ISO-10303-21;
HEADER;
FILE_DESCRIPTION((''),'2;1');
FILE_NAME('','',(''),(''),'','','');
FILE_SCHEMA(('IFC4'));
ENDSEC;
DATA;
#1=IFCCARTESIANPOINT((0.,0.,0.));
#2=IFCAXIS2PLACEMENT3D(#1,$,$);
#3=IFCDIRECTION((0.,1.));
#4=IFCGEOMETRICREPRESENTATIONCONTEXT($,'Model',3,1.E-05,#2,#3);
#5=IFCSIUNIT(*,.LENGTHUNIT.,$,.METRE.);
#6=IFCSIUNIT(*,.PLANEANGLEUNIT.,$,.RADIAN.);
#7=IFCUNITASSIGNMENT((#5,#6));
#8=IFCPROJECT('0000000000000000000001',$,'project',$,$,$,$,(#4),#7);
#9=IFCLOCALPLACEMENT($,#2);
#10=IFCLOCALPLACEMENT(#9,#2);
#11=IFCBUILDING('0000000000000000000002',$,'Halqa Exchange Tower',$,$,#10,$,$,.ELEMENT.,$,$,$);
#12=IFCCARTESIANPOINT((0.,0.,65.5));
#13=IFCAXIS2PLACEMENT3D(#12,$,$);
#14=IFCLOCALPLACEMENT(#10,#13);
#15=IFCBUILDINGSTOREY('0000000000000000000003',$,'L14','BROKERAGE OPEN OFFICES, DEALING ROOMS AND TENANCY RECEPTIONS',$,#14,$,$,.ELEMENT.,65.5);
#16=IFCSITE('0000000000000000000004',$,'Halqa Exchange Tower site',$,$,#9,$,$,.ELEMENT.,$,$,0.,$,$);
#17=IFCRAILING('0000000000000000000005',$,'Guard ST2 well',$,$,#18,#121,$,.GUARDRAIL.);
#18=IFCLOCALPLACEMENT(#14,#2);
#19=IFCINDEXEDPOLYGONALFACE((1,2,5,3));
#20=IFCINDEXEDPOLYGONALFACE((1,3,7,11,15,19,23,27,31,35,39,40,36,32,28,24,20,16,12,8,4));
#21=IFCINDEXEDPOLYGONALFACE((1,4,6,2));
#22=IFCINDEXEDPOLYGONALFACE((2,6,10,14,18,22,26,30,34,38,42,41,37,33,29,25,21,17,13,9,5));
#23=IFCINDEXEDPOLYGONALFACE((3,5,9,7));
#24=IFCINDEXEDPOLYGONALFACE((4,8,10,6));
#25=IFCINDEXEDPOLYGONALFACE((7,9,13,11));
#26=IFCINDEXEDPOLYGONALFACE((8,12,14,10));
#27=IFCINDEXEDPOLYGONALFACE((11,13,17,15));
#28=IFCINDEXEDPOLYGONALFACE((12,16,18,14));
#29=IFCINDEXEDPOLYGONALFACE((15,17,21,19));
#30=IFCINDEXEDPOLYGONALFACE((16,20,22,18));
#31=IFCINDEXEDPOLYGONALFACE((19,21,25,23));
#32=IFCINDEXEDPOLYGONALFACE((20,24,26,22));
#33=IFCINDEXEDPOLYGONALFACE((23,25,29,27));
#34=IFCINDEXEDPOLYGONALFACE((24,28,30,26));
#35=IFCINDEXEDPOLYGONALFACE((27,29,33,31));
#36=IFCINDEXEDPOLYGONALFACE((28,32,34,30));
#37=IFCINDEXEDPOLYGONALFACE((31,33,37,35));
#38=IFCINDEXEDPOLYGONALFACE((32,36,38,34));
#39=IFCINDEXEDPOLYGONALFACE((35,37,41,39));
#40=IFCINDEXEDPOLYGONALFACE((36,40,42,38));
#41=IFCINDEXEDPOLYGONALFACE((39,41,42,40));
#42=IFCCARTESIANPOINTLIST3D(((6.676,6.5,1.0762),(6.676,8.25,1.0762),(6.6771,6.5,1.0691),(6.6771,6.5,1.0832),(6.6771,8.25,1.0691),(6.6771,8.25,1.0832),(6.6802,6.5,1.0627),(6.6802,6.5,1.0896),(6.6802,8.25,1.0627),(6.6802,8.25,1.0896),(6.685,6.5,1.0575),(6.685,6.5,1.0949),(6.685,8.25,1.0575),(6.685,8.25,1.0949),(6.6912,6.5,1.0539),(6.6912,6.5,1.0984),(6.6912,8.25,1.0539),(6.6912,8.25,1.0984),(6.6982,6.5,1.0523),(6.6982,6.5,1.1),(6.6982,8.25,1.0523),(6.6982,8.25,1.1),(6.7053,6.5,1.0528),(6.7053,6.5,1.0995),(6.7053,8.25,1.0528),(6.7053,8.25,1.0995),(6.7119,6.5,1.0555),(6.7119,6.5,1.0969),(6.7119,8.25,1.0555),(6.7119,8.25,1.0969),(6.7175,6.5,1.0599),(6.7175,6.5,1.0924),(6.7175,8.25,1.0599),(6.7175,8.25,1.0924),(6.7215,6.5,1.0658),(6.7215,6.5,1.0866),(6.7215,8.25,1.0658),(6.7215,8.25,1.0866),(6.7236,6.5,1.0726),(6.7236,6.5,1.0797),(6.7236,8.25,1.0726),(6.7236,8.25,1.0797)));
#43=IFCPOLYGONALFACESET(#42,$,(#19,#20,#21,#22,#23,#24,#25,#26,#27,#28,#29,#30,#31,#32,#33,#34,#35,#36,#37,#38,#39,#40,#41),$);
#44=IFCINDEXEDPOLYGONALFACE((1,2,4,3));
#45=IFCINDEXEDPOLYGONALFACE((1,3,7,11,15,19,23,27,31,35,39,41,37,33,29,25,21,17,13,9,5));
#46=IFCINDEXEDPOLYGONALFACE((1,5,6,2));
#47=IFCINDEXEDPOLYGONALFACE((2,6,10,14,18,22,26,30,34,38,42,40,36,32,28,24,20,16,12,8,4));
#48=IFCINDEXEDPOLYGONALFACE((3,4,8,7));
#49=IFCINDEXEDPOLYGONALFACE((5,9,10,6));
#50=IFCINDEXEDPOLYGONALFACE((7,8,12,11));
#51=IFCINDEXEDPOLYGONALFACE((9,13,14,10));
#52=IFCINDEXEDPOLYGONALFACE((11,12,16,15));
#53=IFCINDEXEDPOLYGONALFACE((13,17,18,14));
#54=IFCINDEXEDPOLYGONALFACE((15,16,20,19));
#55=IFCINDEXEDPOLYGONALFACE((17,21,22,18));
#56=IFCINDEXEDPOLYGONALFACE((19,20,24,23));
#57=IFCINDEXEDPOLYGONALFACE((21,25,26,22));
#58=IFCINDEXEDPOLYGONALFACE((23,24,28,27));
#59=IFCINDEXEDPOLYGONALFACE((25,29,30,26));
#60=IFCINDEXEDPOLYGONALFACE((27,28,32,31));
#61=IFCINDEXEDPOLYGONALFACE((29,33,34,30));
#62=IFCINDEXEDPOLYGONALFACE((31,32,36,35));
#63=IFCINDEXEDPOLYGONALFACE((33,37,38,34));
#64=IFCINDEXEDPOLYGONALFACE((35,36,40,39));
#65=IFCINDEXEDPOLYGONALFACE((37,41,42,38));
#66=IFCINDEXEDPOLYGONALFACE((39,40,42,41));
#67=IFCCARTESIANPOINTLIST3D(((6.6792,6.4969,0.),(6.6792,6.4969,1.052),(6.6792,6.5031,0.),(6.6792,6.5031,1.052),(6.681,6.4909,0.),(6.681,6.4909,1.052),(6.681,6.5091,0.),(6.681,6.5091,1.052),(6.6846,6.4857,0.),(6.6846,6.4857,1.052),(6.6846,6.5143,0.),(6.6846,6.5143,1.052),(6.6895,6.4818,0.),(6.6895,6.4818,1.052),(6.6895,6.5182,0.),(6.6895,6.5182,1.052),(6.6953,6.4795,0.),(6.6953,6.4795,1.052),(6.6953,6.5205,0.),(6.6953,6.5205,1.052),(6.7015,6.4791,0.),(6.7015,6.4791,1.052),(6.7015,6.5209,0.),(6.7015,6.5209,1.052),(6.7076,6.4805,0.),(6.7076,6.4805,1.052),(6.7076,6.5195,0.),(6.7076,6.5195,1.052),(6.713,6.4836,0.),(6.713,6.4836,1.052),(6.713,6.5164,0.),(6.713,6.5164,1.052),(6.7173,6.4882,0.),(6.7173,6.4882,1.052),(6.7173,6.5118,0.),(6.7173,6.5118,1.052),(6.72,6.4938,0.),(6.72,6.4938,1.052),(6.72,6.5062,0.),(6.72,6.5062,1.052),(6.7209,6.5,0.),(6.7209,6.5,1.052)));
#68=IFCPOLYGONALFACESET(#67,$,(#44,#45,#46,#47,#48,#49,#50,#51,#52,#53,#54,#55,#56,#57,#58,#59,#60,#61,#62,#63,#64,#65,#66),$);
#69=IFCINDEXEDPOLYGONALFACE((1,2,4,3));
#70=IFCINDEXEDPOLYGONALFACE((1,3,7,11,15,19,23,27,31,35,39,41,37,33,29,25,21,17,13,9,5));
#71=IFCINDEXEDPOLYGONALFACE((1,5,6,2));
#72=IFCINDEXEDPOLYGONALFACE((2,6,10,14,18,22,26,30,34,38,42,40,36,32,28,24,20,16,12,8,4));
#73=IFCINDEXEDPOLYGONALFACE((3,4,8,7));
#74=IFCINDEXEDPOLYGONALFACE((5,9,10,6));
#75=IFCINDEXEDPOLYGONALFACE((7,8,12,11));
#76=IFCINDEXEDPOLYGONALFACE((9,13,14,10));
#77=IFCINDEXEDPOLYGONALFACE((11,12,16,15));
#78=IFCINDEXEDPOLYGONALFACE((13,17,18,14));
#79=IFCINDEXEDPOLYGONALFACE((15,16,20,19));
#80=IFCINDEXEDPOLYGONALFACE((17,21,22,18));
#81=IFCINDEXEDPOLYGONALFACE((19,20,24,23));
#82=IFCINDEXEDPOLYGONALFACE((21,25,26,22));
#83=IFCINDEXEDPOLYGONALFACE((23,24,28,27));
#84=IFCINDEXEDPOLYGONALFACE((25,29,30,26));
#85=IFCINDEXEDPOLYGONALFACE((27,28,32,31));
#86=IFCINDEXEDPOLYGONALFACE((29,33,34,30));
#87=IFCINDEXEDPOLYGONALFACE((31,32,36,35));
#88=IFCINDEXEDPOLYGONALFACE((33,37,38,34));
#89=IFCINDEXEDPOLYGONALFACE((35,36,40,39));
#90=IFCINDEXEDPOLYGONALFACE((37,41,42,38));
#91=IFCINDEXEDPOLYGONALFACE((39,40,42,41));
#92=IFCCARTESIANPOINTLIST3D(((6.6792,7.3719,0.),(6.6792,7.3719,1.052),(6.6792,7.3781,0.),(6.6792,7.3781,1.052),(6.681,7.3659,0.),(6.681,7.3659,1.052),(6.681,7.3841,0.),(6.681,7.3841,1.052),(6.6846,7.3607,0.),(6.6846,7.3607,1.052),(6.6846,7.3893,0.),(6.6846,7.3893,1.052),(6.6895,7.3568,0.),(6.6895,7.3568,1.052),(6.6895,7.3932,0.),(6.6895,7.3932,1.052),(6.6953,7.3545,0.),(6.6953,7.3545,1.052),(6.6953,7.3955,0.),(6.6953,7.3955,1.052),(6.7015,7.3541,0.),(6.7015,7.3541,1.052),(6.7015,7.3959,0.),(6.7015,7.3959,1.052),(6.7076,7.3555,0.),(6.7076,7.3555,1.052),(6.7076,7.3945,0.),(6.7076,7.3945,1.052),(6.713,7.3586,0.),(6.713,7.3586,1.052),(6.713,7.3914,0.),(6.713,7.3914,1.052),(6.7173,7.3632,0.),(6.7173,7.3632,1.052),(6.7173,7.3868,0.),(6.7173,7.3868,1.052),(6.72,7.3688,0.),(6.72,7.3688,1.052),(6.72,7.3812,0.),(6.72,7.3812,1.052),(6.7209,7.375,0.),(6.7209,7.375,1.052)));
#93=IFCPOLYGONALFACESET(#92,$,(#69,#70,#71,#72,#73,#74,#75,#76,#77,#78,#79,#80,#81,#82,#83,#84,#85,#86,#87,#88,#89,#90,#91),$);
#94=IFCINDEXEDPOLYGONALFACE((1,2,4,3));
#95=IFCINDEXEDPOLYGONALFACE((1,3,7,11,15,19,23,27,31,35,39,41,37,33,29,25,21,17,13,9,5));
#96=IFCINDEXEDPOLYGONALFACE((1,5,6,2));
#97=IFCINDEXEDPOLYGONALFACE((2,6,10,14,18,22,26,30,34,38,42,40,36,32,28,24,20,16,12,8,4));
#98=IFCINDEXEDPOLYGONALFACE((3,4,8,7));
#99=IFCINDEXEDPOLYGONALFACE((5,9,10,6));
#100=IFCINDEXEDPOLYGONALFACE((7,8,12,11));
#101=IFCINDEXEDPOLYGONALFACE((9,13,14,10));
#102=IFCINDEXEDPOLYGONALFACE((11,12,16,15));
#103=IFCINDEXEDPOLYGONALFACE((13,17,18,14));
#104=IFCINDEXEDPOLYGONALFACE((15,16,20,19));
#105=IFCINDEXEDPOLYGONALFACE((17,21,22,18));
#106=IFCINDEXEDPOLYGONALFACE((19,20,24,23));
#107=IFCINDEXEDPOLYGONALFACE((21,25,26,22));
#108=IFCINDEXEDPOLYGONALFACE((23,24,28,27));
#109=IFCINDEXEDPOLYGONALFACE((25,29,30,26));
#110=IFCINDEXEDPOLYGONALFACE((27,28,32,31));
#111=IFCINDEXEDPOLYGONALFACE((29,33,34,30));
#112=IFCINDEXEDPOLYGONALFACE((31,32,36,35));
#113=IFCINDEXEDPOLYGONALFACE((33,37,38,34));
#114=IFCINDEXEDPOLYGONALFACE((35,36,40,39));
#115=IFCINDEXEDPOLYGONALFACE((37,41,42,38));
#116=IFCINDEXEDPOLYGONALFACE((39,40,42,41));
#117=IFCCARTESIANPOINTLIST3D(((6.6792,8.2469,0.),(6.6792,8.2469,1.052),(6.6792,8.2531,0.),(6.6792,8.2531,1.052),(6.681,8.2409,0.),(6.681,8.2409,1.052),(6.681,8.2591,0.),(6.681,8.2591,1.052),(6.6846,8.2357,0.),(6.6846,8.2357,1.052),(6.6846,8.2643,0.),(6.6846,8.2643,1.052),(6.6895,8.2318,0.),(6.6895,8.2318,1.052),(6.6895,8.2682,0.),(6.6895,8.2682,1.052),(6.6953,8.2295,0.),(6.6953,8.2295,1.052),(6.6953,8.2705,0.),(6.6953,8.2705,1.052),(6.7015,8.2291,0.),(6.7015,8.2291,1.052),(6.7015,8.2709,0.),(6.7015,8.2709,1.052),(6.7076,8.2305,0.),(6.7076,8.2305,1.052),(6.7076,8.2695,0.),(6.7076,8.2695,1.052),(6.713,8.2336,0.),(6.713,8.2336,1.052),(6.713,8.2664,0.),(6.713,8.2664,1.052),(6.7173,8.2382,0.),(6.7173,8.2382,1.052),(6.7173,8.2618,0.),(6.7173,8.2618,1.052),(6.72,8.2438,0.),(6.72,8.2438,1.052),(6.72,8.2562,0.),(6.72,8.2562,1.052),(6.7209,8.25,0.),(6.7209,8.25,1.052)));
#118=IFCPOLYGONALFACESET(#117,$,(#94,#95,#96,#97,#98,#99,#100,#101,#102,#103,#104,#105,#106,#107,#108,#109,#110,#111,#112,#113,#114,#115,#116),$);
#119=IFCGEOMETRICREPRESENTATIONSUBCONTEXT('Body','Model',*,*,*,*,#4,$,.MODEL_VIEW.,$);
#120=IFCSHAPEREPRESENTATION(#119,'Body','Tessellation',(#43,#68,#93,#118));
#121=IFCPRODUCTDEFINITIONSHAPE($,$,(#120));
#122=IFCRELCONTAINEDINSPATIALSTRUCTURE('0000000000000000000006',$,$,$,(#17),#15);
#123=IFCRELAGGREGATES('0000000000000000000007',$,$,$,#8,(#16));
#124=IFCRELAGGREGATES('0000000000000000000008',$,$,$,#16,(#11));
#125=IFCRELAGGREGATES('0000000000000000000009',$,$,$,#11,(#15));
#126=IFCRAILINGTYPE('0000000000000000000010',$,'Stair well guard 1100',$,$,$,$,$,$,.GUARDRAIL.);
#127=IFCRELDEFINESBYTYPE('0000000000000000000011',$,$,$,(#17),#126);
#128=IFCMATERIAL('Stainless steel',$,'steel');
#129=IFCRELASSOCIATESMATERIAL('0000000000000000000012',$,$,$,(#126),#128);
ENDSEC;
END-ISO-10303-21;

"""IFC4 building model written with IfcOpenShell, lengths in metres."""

from ifc_helpers import new_model, si_unit, direction, frame, origin, origin_2d, place, context, subcontext, project, spatial, circle, extrude, material, type_object, element, save


model = new_model("IFC4")

# Units and contexts
model_context = context("Model", 3, precision=1e-05, world=origin(), true_north=direction((0.0, 1.0)))
body_context = subcontext(model_context, "Body", "Model", "MODEL_VIEW")
ifc_project = project(units=[si_unit("LENGTHUNIT", "METRE"), si_unit("PLANEANGLEUNIT", "RADIAN")], contexts=[model_context])

# Site, building, storey
site_placement = place(None, origin())
site = spatial("IfcSite", under=ifc_project, at=site_placement, Name="Halqa Exchange Tower site", CompositionType="ELEMENT", RefElevation=0.0)
building_placement = place(site_placement, origin())
building = spatial("IfcBuilding", under=site, at=building_placement, Name="Halqa Exchange Tower", CompositionType="ELEMENT")
storey_placement = place(building_placement, frame((0.0, 0.0, 65.5)))
storey = spatial("IfcBuildingStorey", under=building, at=storey_placement, Name="L14", Description="BROKERAGE OPEN OFFICES, DEALING ROOMS AND TENANCY RECEPTIONS", CompositionType="ELEMENT", Elevation=65.5)

# Railing
ifc_material_1 = material(Name="Stainless steel", Category="steel")
railing_type_1 = type_object("IfcRailingType", Name="Stair well guard 1100", PredefinedType="GUARDRAIL", material=ifc_material_1)
railing_1_placement = place(storey_placement, frame((6.7, 6.5, 0.0)))
element("IfcRailing", 1, at=railing_1_placement, inside=storey, type_object=railing_type_1, Name="Guard ST2 well", PredefinedType="GUARDRAIL", context=body_context, shape_type="SweptSolid", body=[
    extrude(circle(Radius=0.0239, at=origin_2d()), frame((0.0, 0.0, 1.0762), z_axis=(0.0, 1.0, 0.0), x_axis=(-1.0, 0.0, 0.0)), (0.0, 0.0, 1.0), 1.75),
    extrude(circle(Radius=0.021, at=origin_2d()), origin(), (0.0, 0.0, 1.0), 1.052),
    extrude(circle(Radius=0.021, at=origin_2d()), frame((0.0, 0.875, 0.0)), (0.0, 0.0, 1.0), 1.052),
    extrude(circle(Radius=0.021, at=origin_2d()), frame((0.0, 1.75, 0.0)), (0.0, 0.0, 1.0), 1.052),
])

save(model, "model.ifc")
